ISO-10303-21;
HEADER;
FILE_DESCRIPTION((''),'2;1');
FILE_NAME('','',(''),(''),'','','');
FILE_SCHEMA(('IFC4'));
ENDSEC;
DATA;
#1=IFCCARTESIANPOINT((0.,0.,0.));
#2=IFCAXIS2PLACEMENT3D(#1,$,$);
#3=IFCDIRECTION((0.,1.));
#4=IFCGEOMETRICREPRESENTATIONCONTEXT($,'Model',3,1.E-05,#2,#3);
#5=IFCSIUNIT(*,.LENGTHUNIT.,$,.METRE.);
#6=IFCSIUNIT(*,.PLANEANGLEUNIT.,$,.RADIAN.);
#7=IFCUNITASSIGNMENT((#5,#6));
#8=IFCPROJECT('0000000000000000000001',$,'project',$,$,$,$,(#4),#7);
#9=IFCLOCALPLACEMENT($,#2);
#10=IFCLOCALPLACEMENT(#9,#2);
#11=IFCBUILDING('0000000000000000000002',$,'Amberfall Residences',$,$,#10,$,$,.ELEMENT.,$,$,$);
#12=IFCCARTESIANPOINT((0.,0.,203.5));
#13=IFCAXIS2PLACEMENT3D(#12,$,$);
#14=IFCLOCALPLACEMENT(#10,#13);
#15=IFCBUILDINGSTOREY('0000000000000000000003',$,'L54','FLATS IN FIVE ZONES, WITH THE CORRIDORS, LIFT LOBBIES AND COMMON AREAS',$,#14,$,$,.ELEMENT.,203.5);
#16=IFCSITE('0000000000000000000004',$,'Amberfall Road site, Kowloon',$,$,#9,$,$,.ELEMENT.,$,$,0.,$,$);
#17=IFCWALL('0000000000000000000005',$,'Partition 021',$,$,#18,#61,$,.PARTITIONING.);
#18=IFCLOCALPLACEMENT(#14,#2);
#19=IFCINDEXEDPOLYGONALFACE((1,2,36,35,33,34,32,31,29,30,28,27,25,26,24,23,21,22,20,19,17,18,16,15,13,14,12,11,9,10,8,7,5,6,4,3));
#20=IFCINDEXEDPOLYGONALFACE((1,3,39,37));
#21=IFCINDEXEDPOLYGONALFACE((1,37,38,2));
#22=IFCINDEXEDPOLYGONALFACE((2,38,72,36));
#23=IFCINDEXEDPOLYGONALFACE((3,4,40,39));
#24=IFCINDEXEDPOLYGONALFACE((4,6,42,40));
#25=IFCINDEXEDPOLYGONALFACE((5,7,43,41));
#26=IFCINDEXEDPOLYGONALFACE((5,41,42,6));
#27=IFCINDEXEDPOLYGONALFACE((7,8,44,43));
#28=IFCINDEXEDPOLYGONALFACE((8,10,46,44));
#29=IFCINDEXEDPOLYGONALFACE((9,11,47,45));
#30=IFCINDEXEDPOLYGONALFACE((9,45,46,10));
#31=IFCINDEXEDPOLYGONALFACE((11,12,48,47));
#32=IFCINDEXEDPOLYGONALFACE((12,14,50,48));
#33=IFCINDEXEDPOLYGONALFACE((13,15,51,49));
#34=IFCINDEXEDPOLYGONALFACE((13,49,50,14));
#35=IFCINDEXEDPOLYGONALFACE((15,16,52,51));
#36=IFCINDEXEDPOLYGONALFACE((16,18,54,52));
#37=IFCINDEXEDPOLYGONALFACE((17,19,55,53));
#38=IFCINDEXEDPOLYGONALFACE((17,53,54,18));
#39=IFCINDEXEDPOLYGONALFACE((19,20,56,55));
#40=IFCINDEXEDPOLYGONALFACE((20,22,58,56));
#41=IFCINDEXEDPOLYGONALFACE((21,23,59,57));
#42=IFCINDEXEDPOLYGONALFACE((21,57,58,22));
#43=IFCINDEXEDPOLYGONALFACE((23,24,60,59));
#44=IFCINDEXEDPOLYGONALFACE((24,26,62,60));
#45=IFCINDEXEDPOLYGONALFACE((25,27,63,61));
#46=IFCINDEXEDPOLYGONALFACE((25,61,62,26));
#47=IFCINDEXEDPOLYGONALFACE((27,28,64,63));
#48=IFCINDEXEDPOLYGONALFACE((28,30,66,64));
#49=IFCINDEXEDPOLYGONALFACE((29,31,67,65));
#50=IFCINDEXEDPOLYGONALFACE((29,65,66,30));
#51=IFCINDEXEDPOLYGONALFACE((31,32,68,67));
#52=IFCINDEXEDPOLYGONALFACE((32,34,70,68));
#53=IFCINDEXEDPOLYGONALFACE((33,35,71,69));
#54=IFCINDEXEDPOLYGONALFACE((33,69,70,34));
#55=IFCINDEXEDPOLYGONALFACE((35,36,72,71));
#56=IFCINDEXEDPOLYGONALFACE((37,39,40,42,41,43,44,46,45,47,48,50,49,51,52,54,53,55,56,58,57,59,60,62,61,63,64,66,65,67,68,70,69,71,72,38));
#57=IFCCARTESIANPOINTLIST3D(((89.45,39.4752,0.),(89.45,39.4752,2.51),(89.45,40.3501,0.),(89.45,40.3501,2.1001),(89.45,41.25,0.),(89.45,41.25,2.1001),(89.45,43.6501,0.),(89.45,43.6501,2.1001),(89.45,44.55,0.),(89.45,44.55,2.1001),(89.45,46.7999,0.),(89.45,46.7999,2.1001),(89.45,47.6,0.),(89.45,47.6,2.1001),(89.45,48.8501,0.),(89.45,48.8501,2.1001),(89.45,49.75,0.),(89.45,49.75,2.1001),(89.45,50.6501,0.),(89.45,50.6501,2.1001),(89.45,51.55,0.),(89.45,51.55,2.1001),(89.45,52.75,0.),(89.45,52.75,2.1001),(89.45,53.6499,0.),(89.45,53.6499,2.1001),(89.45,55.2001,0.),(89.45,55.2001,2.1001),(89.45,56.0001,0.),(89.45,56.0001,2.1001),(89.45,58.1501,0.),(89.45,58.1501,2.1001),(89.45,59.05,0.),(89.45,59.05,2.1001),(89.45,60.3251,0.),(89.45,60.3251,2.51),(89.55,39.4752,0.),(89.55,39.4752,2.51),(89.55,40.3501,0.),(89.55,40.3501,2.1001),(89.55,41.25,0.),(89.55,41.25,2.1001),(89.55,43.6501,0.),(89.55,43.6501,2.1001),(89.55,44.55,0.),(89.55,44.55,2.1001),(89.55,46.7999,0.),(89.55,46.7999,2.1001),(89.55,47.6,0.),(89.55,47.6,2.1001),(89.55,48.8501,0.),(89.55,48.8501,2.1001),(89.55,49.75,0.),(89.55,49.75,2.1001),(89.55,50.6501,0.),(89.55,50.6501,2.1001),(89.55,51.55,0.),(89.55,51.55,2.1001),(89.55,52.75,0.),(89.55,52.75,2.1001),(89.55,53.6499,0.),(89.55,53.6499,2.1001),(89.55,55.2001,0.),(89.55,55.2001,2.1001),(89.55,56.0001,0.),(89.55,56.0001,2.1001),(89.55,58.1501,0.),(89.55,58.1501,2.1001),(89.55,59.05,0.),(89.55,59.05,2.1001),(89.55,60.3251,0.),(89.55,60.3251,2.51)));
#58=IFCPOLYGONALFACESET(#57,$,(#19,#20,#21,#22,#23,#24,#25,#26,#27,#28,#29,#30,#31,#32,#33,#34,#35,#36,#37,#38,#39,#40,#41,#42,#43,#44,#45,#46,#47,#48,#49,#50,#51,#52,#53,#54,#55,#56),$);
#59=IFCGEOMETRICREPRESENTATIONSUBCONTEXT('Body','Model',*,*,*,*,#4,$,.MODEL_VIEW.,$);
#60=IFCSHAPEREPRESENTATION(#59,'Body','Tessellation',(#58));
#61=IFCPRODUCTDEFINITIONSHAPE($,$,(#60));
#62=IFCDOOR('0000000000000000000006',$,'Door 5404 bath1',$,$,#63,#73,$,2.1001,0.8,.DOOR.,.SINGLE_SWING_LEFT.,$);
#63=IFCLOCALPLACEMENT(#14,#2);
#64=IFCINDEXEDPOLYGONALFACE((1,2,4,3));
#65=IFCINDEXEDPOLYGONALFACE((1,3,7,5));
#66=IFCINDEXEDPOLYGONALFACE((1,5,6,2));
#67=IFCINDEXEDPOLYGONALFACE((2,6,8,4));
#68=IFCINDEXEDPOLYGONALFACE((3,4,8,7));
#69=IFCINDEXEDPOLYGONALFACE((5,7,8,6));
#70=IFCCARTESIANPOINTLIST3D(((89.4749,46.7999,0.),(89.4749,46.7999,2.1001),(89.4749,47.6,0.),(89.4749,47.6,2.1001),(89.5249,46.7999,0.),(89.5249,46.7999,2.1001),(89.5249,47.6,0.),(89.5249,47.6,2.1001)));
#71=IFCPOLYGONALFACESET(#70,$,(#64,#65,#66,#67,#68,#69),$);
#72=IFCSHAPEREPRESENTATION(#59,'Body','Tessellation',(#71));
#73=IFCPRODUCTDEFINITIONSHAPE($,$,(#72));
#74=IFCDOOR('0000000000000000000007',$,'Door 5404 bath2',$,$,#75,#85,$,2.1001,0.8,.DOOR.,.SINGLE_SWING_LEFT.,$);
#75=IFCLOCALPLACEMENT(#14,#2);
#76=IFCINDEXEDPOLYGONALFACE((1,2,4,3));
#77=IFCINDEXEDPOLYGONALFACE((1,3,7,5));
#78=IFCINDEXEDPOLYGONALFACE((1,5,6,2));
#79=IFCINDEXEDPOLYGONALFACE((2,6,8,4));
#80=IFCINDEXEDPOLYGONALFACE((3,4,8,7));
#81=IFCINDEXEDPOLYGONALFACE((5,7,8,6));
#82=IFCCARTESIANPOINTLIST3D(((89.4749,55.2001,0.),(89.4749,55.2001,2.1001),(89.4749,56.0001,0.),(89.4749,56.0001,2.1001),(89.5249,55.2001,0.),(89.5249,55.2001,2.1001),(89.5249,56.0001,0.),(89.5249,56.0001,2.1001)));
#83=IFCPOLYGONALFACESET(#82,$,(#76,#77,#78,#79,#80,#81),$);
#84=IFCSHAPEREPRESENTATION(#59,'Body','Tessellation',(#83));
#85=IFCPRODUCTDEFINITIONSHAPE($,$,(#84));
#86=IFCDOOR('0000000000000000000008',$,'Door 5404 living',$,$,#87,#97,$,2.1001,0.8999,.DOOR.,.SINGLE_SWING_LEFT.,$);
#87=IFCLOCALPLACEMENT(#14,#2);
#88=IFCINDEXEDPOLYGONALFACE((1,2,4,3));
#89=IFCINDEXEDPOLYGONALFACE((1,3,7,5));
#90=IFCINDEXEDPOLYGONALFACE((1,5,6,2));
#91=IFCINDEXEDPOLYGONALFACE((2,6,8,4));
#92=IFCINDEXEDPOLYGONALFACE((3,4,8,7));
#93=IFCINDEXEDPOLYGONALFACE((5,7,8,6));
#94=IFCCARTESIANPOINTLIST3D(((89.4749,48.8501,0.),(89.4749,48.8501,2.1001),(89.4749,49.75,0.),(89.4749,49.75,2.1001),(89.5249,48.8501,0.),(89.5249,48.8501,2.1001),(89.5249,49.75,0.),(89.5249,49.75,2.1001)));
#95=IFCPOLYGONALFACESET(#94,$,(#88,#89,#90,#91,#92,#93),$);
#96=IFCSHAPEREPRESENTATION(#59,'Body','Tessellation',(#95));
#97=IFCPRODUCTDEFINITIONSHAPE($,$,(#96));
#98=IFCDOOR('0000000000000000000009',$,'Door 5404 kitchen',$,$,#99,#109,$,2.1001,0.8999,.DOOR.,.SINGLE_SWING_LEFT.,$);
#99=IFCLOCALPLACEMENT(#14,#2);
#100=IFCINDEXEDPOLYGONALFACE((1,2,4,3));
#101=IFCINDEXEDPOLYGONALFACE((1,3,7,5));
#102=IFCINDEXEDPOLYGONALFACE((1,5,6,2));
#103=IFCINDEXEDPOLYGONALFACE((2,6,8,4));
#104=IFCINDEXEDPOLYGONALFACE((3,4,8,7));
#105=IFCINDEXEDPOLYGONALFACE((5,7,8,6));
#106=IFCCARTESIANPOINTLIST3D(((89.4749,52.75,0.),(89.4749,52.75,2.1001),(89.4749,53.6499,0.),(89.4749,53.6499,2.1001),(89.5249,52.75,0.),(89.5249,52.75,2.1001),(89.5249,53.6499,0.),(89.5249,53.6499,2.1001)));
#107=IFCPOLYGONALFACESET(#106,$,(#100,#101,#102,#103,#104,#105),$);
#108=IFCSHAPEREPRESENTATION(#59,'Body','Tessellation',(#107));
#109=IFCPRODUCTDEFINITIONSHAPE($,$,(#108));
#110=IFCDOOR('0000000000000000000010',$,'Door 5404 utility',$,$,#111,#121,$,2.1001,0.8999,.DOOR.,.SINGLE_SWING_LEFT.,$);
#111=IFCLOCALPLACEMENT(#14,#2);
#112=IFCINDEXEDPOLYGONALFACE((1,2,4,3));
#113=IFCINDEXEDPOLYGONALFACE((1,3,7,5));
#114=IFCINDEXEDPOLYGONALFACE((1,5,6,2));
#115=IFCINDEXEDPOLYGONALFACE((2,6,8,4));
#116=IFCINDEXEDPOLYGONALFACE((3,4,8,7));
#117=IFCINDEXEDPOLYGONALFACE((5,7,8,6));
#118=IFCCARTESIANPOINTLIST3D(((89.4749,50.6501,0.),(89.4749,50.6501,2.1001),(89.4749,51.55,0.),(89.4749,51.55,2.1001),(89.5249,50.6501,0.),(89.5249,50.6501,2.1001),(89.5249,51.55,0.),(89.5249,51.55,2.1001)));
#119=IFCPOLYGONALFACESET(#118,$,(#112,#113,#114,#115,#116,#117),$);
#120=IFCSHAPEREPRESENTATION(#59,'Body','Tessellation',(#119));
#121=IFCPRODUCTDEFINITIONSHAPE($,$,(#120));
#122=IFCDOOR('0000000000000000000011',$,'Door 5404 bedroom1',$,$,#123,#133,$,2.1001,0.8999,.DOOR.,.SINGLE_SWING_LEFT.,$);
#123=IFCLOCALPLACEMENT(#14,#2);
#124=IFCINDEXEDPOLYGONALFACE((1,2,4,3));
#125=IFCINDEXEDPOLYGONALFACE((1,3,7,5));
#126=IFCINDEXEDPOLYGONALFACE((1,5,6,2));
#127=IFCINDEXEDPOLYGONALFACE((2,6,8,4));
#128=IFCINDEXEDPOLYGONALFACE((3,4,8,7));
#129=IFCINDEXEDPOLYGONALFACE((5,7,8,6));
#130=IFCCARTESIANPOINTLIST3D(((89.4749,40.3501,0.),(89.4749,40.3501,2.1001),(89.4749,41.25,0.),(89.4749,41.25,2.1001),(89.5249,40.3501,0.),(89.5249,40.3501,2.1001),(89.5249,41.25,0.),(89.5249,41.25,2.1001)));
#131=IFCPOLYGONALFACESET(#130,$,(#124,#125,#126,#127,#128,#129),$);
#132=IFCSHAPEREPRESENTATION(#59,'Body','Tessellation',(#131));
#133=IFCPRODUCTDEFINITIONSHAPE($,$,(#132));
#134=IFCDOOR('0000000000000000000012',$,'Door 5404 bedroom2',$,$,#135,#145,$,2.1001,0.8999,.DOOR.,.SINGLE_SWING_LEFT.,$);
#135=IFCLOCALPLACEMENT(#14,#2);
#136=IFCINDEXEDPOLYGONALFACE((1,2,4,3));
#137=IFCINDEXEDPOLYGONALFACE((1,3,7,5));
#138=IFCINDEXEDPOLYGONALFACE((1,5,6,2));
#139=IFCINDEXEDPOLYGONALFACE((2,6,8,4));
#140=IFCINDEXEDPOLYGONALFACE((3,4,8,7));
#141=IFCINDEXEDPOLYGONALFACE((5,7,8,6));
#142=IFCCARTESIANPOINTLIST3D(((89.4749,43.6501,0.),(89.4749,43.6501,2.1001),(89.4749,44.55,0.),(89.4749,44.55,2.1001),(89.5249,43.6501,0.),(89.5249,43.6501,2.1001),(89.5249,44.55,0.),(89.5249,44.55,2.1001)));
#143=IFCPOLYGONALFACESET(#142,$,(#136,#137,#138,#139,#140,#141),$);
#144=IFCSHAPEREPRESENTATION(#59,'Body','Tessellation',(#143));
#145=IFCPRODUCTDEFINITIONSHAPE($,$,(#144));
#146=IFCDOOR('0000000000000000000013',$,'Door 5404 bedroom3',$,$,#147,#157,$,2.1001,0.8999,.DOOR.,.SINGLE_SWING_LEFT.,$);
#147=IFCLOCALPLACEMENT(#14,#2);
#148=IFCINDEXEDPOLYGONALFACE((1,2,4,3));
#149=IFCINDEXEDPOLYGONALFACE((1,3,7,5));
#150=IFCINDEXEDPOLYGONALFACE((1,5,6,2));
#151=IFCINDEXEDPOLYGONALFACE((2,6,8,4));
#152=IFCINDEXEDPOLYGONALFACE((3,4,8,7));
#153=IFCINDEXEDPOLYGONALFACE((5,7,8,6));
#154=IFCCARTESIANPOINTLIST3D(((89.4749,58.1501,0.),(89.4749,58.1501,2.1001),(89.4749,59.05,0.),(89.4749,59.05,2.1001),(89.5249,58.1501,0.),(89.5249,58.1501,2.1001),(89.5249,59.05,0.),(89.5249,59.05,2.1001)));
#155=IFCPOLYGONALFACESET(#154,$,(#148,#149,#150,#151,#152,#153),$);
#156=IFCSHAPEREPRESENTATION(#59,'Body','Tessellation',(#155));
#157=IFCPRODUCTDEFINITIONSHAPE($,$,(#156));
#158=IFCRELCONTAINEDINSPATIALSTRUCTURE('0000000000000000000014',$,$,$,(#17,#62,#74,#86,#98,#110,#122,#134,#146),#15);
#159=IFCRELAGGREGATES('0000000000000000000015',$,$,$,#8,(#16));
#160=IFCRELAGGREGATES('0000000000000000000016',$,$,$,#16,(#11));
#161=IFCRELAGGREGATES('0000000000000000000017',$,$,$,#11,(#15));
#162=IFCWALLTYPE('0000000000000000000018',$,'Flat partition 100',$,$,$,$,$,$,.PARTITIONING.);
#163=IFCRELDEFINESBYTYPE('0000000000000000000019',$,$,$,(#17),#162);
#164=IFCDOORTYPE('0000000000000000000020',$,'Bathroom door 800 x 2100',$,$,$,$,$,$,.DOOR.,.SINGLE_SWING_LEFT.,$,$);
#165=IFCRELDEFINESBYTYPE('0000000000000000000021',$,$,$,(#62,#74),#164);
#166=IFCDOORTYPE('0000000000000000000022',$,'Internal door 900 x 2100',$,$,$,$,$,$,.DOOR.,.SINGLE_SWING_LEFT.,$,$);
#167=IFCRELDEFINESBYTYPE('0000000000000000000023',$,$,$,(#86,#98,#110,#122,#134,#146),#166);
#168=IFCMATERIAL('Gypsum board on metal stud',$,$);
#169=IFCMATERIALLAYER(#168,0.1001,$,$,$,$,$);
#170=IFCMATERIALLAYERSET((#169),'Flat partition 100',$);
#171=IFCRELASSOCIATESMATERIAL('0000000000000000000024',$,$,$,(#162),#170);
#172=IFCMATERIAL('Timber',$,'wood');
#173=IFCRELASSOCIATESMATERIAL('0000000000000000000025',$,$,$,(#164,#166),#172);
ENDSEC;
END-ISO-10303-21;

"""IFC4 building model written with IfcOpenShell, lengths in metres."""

from ifc_helpers import new_model, si_unit, direction, frame, frame_2d, origin, place, context, subcontext, project, spatial, rectangle, extrude, material, layer, layer_set, type_object, element, fill, save


model = new_model("IFC4")

# Units and contexts
model_context = context("Model", 3, precision=1e-05, world=origin(), true_north=direction((0.0, 1.0)))
body_context = subcontext(model_context, "Body", "Model", "MODEL_VIEW")
ifc_project = project(units=[si_unit("LENGTHUNIT", "METRE"), si_unit("PLANEANGLEUNIT", "RADIAN")], contexts=[model_context])

# Site, building, storey
site_placement = place(None, origin())
site = spatial("IfcSite", under=ifc_project, at=site_placement, Name="Amberfall Road site, Kowloon", CompositionType="ELEMENT", RefElevation=0.0)
building_placement = place(site_placement, origin())
building = spatial("IfcBuilding", under=site, at=building_placement, Name="Amberfall Residences", CompositionType="ELEMENT")
storey_placement = place(building_placement, frame((0.0, 0.0, 203.5)))
storey = spatial("IfcBuildingStorey", under=building, at=storey_placement, Name="L54", Description="FLATS IN FIVE ZONES, WITH THE CORRIDORS, LIFT LOBBIES AND COMMON AREAS", CompositionType="ELEMENT", Elevation=203.5)

# Wall, openings, doors
ifc_material_1 = material(Name="Gypsum board on metal stud")
ifc_layer_1 = layer(ifc_material_1, 0.1001)
ifc_layer_set_1 = layer_set([ifc_layer_1], Name="Flat partition 100")
wall_type_1 = type_object("IfcWallType", Name="Flat partition 100", PredefinedType="PARTITIONING", material=ifc_layer_set_1)
wall_1_placement = place(storey_placement, frame((89.5, 60.325, 0.0), z_axis=(0.0, 0.0, 1.0), x_axis=(0.0, -1.0, 0.0)))
wall_1 = element("IfcWall", 1, at=wall_1_placement, inside=storey, type_object=wall_type_1, Name="Partition 021", PredefinedType="PARTITIONING", context=body_context, shape_type="SweptSolid", body=[
    extrude(rectangle(XDim=20.8499, YDim=0.1001, at=frame_2d((10.4248, 0.0))), origin(), (0.0, 0.0, 1.0), 2.51),
])
opening_1_placement = place(wall_1_placement, frame((10.575, 0.0, 0.0)))
opening_1 = element("IfcOpeningElement", 2, at=opening_1_placement, cuts=wall_1, PredefinedType="OPENING", context=body_context, shape_type="SweptSolid", body=[
    extrude(rectangle(XDim=0.8999, YDim=2.1001, at=frame_2d((0.45, 1.05))), frame((0.0, 0.0601, 0.0), z_axis=(0.0, -1.0, 0.0), x_axis=(1.0, 0.0, 0.0)), (0.0, 0.0, 1.0), 0.1201),
])
opening_2_placement = place(wall_1_placement, frame((6.675, 0.0, 0.0)))
opening_2 = element("IfcOpeningElement", 3, at=opening_2_placement, cuts=wall_1, PredefinedType="OPENING", context=body_context, shape_type="SweptSolid", body=[
    extrude(rectangle(XDim=0.8999, YDim=2.1001, at=frame_2d((0.45, 1.05))), frame((0.0, 0.0601, 0.0), z_axis=(0.0, -1.0, 0.0), x_axis=(1.0, 0.0, 0.0)), (0.0, 0.0, 1.0), 0.1201),
])
opening_3_placement = place(wall_1_placement, frame((8.7749, 0.0, 0.0)))
opening_3 = element("IfcOpeningElement", 4, at=opening_3_placement, cuts=wall_1, PredefinedType="OPENING", context=body_context, shape_type="SweptSolid", body=[
    extrude(rectangle(XDim=0.8999, YDim=2.1001, at=frame_2d((0.45, 1.05))), frame((0.0, 0.0601, 0.0), z_axis=(0.0, -1.0, 0.0), x_axis=(1.0, 0.0, 0.0)), (0.0, 0.0, 1.0), 0.1201),
])
opening_4_placement = place(wall_1_placement, frame((19.075, 0.0, 0.0)))
opening_4 = element("IfcOpeningElement", 5, at=opening_4_placement, cuts=wall_1, PredefinedType="OPENING", context=body_context, shape_type="SweptSolid", body=[
    extrude(rectangle(XDim=0.8999, YDim=2.1001, at=frame_2d((0.45, 1.05))), frame((0.0, 0.0601, 0.0), z_axis=(0.0, -1.0, 0.0), x_axis=(1.0, 0.0, 0.0)), (0.0, 0.0, 1.0), 0.1201),
])
opening_5_placement = place(wall_1_placement, frame((15.7749, 0.0, 0.0)))
opening_5 = element("IfcOpeningElement", 6, at=opening_5_placement, cuts=wall_1, PredefinedType="OPENING", context=body_context, shape_type="SweptSolid", body=[
    extrude(rectangle(XDim=0.8999, YDim=2.1001, at=frame_2d((0.45, 1.05))), frame((0.0, 0.0601, 0.0), z_axis=(0.0, -1.0, 0.0), x_axis=(1.0, 0.0, 0.0)), (0.0, 0.0, 1.0), 0.1201),
])
opening_6_placement = place(wall_1_placement, frame((1.2749, 0.0, 0.0)))
opening_6 = element("IfcOpeningElement", 7, at=opening_6_placement, cuts=wall_1, PredefinedType="OPENING", context=body_context, shape_type="SweptSolid", body=[
    extrude(rectangle(XDim=0.8999, YDim=2.1001, at=frame_2d((0.45, 1.05))), frame((0.0, 0.0601, 0.0), z_axis=(0.0, -1.0, 0.0), x_axis=(1.0, 0.0, 0.0)), (0.0, 0.0, 1.0), 0.1201),
])
opening_7_placement = place(wall_1_placement, frame((12.7251, 0.0, 0.0)))
opening_7 = element("IfcOpeningElement", 8, at=opening_7_placement, cuts=wall_1, PredefinedType="OPENING", context=body_context, shape_type="SweptSolid", body=[
    extrude(rectangle(XDim=0.8, YDim=2.1001, at=frame_2d((0.3999, 1.05))), frame((0.0, 0.0601, 0.0), z_axis=(0.0, -1.0, 0.0), x_axis=(1.0, 0.0, 0.0)), (0.0, 0.0, 1.0), 0.1201),
])
opening_8_placement = place(wall_1_placement, frame((4.325, 0.0, 0.0)))
opening_8 = element("IfcOpeningElement", 9, at=opening_8_placement, cuts=wall_1, PredefinedType="OPENING", context=body_context, shape_type="SweptSolid", body=[
    extrude(rectangle(XDim=0.8, YDim=2.1001, at=frame_2d((0.3999, 1.05))), frame((0.0, 0.0601, 0.0), z_axis=(0.0, -1.0, 0.0), x_axis=(1.0, 0.0, 0.0)), (0.0, 0.0, 1.0), 0.1201),
])
ifc_material_2 = material(Name="Timber", Category="wood")
door_type_1 = type_object("IfcDoorType", Name="Bathroom door 800 x 2100", OperationType="SINGLE_SWING_LEFT", PredefinedType="DOOR", material=ifc_material_2)
door_1_placement = place(opening_7_placement, origin())
door_1 = element("IfcDoor", 10, at=door_1_placement, inside=storey, type_object=door_type_1, Name="Door 5404 bath1", OperationType="SINGLE_SWING_LEFT", OverallHeight=2.1001, OverallWidth=0.8, PredefinedType="DOOR", context=body_context, shape_type="SweptSolid", body=[
    extrude(rectangle(XDim=0.8, YDim=2.1001, at=frame_2d((0.3999, 1.05))), frame((0.0, 0.0249, 0.0), z_axis=(0.0, -1.0, 0.0), x_axis=(1.0, 0.0, 0.0)), (0.0, 0.0, 1.0), 0.05),
])
fill(opening_7, door_1)
door_2_placement = place(opening_8_placement, origin())
door_2 = element("IfcDoor", 11, at=door_2_placement, inside=storey, type_object=door_type_1, Name="Door 5404 bath2", OperationType="SINGLE_SWING_LEFT", OverallHeight=2.1001, OverallWidth=0.8, PredefinedType="DOOR", context=body_context, shape_type="SweptSolid", body=[
    extrude(rectangle(XDim=0.8, YDim=2.1001, at=frame_2d((0.3999, 1.05))), frame((0.0, 0.0249, 0.0), z_axis=(0.0, -1.0, 0.0), x_axis=(1.0, 0.0, 0.0)), (0.0, 0.0, 1.0), 0.05),
])
fill(opening_8, door_2)
door_type_2 = type_object("IfcDoorType", Name="Internal door 900 x 2100", OperationType="SINGLE_SWING_LEFT", PredefinedType="DOOR", material=ifc_material_2)
door_3_placement = place(opening_1_placement, origin())
door_3 = element("IfcDoor", 12, at=door_3_placement, inside=storey, type_object=door_type_2, Name="Door 5404 living", OperationType="SINGLE_SWING_LEFT", OverallHeight=2.1001, OverallWidth=0.8999, PredefinedType="DOOR", context=body_context, shape_type="SweptSolid", body=[
    extrude(rectangle(XDim=0.8999, YDim=2.1001, at=frame_2d((0.45, 1.05))), frame((0.0, 0.0249, 0.0), z_axis=(0.0, -1.0, 0.0), x_axis=(1.0, 0.0, 0.0)), (0.0, 0.0, 1.0), 0.05),
])
fill(opening_1, door_3)
door_4_placement = place(opening_2_placement, origin())
door_4 = element("IfcDoor", 13, at=door_4_placement, inside=storey, type_object=door_type_2, Name="Door 5404 kitchen", OperationType="SINGLE_SWING_LEFT", OverallHeight=2.1001, OverallWidth=0.8999, PredefinedType="DOOR", context=body_context, shape_type="SweptSolid", body=[
    extrude(rectangle(XDim=0.8999, YDim=2.1001, at=frame_2d((0.45, 1.05))), frame((0.0, 0.0249, 0.0), z_axis=(0.0, -1.0, 0.0), x_axis=(1.0, 0.0, 0.0)), (0.0, 0.0, 1.0), 0.05),
])
fill(opening_2, door_4)
door_5_placement = place(opening_3_placement, origin())
door_5 = element("IfcDoor", 14, at=door_5_placement, inside=storey, type_object=door_type_2, Name="Door 5404 utility", OperationType="SINGLE_SWING_LEFT", OverallHeight=2.1001, OverallWidth=0.8999, PredefinedType="DOOR", context=body_context, shape_type="SweptSolid", body=[
    extrude(rectangle(XDim=0.8999, YDim=2.1001, at=frame_2d((0.45, 1.05))), frame((0.0, 0.0249, 0.0), z_axis=(0.0, -1.0, 0.0), x_axis=(1.0, 0.0, 0.0)), (0.0, 0.0, 1.0), 0.05),
])
fill(opening_3, door_5)
door_6_placement = place(opening_4_placement, origin())
door_6 = element("IfcDoor", 15, at=door_6_placement, inside=storey, type_object=door_type_2, Name="Door 5404 bedroom1", OperationType="SINGLE_SWING_LEFT", OverallHeight=2.1001, OverallWidth=0.8999, PredefinedType="DOOR", context=body_context, shape_type="SweptSolid", body=[
    extrude(rectangle(XDim=0.8999, YDim=2.1001, at=frame_2d((0.45, 1.05))), frame((0.0, 0.0249, 0.0), z_axis=(0.0, -1.0, 0.0), x_axis=(1.0, 0.0, 0.0)), (0.0, 0.0, 1.0), 0.05),
])
fill(opening_4, door_6)
door_7_placement = place(opening_5_placement, origin())
door_7 = element("IfcDoor", 16, at=door_7_placement, inside=storey, type_object=door_type_2, Name="Door 5404 bedroom2", OperationType="SINGLE_SWING_LEFT", OverallHeight=2.1001, OverallWidth=0.8999, PredefinedType="DOOR", context=body_context, shape_type="SweptSolid", body=[
    extrude(rectangle(XDim=0.8999, YDim=2.1001, at=frame_2d((0.45, 1.05))), frame((0.0, 0.0249, 0.0), z_axis=(0.0, -1.0, 0.0), x_axis=(1.0, 0.0, 0.0)), (0.0, 0.0, 1.0), 0.05),
])
fill(opening_5, door_7)
door_8_placement = place(opening_6_placement, origin())
door_8 = element("IfcDoor", 17, at=door_8_placement, inside=storey, type_object=door_type_2, Name="Door 5404 bedroom3", OperationType="SINGLE_SWING_LEFT", OverallHeight=2.1001, OverallWidth=0.8999, PredefinedType="DOOR", context=body_context, shape_type="SweptSolid", body=[
    extrude(rectangle(XDim=0.8999, YDim=2.1001, at=frame_2d((0.45, 1.05))), frame((0.0, 0.0249, 0.0), z_axis=(0.0, -1.0, 0.0), x_axis=(1.0, 0.0, 0.0)), (0.0, 0.0, 1.0), 0.05),
])
fill(opening_6, door_8)

save(model, "model.ifc")
